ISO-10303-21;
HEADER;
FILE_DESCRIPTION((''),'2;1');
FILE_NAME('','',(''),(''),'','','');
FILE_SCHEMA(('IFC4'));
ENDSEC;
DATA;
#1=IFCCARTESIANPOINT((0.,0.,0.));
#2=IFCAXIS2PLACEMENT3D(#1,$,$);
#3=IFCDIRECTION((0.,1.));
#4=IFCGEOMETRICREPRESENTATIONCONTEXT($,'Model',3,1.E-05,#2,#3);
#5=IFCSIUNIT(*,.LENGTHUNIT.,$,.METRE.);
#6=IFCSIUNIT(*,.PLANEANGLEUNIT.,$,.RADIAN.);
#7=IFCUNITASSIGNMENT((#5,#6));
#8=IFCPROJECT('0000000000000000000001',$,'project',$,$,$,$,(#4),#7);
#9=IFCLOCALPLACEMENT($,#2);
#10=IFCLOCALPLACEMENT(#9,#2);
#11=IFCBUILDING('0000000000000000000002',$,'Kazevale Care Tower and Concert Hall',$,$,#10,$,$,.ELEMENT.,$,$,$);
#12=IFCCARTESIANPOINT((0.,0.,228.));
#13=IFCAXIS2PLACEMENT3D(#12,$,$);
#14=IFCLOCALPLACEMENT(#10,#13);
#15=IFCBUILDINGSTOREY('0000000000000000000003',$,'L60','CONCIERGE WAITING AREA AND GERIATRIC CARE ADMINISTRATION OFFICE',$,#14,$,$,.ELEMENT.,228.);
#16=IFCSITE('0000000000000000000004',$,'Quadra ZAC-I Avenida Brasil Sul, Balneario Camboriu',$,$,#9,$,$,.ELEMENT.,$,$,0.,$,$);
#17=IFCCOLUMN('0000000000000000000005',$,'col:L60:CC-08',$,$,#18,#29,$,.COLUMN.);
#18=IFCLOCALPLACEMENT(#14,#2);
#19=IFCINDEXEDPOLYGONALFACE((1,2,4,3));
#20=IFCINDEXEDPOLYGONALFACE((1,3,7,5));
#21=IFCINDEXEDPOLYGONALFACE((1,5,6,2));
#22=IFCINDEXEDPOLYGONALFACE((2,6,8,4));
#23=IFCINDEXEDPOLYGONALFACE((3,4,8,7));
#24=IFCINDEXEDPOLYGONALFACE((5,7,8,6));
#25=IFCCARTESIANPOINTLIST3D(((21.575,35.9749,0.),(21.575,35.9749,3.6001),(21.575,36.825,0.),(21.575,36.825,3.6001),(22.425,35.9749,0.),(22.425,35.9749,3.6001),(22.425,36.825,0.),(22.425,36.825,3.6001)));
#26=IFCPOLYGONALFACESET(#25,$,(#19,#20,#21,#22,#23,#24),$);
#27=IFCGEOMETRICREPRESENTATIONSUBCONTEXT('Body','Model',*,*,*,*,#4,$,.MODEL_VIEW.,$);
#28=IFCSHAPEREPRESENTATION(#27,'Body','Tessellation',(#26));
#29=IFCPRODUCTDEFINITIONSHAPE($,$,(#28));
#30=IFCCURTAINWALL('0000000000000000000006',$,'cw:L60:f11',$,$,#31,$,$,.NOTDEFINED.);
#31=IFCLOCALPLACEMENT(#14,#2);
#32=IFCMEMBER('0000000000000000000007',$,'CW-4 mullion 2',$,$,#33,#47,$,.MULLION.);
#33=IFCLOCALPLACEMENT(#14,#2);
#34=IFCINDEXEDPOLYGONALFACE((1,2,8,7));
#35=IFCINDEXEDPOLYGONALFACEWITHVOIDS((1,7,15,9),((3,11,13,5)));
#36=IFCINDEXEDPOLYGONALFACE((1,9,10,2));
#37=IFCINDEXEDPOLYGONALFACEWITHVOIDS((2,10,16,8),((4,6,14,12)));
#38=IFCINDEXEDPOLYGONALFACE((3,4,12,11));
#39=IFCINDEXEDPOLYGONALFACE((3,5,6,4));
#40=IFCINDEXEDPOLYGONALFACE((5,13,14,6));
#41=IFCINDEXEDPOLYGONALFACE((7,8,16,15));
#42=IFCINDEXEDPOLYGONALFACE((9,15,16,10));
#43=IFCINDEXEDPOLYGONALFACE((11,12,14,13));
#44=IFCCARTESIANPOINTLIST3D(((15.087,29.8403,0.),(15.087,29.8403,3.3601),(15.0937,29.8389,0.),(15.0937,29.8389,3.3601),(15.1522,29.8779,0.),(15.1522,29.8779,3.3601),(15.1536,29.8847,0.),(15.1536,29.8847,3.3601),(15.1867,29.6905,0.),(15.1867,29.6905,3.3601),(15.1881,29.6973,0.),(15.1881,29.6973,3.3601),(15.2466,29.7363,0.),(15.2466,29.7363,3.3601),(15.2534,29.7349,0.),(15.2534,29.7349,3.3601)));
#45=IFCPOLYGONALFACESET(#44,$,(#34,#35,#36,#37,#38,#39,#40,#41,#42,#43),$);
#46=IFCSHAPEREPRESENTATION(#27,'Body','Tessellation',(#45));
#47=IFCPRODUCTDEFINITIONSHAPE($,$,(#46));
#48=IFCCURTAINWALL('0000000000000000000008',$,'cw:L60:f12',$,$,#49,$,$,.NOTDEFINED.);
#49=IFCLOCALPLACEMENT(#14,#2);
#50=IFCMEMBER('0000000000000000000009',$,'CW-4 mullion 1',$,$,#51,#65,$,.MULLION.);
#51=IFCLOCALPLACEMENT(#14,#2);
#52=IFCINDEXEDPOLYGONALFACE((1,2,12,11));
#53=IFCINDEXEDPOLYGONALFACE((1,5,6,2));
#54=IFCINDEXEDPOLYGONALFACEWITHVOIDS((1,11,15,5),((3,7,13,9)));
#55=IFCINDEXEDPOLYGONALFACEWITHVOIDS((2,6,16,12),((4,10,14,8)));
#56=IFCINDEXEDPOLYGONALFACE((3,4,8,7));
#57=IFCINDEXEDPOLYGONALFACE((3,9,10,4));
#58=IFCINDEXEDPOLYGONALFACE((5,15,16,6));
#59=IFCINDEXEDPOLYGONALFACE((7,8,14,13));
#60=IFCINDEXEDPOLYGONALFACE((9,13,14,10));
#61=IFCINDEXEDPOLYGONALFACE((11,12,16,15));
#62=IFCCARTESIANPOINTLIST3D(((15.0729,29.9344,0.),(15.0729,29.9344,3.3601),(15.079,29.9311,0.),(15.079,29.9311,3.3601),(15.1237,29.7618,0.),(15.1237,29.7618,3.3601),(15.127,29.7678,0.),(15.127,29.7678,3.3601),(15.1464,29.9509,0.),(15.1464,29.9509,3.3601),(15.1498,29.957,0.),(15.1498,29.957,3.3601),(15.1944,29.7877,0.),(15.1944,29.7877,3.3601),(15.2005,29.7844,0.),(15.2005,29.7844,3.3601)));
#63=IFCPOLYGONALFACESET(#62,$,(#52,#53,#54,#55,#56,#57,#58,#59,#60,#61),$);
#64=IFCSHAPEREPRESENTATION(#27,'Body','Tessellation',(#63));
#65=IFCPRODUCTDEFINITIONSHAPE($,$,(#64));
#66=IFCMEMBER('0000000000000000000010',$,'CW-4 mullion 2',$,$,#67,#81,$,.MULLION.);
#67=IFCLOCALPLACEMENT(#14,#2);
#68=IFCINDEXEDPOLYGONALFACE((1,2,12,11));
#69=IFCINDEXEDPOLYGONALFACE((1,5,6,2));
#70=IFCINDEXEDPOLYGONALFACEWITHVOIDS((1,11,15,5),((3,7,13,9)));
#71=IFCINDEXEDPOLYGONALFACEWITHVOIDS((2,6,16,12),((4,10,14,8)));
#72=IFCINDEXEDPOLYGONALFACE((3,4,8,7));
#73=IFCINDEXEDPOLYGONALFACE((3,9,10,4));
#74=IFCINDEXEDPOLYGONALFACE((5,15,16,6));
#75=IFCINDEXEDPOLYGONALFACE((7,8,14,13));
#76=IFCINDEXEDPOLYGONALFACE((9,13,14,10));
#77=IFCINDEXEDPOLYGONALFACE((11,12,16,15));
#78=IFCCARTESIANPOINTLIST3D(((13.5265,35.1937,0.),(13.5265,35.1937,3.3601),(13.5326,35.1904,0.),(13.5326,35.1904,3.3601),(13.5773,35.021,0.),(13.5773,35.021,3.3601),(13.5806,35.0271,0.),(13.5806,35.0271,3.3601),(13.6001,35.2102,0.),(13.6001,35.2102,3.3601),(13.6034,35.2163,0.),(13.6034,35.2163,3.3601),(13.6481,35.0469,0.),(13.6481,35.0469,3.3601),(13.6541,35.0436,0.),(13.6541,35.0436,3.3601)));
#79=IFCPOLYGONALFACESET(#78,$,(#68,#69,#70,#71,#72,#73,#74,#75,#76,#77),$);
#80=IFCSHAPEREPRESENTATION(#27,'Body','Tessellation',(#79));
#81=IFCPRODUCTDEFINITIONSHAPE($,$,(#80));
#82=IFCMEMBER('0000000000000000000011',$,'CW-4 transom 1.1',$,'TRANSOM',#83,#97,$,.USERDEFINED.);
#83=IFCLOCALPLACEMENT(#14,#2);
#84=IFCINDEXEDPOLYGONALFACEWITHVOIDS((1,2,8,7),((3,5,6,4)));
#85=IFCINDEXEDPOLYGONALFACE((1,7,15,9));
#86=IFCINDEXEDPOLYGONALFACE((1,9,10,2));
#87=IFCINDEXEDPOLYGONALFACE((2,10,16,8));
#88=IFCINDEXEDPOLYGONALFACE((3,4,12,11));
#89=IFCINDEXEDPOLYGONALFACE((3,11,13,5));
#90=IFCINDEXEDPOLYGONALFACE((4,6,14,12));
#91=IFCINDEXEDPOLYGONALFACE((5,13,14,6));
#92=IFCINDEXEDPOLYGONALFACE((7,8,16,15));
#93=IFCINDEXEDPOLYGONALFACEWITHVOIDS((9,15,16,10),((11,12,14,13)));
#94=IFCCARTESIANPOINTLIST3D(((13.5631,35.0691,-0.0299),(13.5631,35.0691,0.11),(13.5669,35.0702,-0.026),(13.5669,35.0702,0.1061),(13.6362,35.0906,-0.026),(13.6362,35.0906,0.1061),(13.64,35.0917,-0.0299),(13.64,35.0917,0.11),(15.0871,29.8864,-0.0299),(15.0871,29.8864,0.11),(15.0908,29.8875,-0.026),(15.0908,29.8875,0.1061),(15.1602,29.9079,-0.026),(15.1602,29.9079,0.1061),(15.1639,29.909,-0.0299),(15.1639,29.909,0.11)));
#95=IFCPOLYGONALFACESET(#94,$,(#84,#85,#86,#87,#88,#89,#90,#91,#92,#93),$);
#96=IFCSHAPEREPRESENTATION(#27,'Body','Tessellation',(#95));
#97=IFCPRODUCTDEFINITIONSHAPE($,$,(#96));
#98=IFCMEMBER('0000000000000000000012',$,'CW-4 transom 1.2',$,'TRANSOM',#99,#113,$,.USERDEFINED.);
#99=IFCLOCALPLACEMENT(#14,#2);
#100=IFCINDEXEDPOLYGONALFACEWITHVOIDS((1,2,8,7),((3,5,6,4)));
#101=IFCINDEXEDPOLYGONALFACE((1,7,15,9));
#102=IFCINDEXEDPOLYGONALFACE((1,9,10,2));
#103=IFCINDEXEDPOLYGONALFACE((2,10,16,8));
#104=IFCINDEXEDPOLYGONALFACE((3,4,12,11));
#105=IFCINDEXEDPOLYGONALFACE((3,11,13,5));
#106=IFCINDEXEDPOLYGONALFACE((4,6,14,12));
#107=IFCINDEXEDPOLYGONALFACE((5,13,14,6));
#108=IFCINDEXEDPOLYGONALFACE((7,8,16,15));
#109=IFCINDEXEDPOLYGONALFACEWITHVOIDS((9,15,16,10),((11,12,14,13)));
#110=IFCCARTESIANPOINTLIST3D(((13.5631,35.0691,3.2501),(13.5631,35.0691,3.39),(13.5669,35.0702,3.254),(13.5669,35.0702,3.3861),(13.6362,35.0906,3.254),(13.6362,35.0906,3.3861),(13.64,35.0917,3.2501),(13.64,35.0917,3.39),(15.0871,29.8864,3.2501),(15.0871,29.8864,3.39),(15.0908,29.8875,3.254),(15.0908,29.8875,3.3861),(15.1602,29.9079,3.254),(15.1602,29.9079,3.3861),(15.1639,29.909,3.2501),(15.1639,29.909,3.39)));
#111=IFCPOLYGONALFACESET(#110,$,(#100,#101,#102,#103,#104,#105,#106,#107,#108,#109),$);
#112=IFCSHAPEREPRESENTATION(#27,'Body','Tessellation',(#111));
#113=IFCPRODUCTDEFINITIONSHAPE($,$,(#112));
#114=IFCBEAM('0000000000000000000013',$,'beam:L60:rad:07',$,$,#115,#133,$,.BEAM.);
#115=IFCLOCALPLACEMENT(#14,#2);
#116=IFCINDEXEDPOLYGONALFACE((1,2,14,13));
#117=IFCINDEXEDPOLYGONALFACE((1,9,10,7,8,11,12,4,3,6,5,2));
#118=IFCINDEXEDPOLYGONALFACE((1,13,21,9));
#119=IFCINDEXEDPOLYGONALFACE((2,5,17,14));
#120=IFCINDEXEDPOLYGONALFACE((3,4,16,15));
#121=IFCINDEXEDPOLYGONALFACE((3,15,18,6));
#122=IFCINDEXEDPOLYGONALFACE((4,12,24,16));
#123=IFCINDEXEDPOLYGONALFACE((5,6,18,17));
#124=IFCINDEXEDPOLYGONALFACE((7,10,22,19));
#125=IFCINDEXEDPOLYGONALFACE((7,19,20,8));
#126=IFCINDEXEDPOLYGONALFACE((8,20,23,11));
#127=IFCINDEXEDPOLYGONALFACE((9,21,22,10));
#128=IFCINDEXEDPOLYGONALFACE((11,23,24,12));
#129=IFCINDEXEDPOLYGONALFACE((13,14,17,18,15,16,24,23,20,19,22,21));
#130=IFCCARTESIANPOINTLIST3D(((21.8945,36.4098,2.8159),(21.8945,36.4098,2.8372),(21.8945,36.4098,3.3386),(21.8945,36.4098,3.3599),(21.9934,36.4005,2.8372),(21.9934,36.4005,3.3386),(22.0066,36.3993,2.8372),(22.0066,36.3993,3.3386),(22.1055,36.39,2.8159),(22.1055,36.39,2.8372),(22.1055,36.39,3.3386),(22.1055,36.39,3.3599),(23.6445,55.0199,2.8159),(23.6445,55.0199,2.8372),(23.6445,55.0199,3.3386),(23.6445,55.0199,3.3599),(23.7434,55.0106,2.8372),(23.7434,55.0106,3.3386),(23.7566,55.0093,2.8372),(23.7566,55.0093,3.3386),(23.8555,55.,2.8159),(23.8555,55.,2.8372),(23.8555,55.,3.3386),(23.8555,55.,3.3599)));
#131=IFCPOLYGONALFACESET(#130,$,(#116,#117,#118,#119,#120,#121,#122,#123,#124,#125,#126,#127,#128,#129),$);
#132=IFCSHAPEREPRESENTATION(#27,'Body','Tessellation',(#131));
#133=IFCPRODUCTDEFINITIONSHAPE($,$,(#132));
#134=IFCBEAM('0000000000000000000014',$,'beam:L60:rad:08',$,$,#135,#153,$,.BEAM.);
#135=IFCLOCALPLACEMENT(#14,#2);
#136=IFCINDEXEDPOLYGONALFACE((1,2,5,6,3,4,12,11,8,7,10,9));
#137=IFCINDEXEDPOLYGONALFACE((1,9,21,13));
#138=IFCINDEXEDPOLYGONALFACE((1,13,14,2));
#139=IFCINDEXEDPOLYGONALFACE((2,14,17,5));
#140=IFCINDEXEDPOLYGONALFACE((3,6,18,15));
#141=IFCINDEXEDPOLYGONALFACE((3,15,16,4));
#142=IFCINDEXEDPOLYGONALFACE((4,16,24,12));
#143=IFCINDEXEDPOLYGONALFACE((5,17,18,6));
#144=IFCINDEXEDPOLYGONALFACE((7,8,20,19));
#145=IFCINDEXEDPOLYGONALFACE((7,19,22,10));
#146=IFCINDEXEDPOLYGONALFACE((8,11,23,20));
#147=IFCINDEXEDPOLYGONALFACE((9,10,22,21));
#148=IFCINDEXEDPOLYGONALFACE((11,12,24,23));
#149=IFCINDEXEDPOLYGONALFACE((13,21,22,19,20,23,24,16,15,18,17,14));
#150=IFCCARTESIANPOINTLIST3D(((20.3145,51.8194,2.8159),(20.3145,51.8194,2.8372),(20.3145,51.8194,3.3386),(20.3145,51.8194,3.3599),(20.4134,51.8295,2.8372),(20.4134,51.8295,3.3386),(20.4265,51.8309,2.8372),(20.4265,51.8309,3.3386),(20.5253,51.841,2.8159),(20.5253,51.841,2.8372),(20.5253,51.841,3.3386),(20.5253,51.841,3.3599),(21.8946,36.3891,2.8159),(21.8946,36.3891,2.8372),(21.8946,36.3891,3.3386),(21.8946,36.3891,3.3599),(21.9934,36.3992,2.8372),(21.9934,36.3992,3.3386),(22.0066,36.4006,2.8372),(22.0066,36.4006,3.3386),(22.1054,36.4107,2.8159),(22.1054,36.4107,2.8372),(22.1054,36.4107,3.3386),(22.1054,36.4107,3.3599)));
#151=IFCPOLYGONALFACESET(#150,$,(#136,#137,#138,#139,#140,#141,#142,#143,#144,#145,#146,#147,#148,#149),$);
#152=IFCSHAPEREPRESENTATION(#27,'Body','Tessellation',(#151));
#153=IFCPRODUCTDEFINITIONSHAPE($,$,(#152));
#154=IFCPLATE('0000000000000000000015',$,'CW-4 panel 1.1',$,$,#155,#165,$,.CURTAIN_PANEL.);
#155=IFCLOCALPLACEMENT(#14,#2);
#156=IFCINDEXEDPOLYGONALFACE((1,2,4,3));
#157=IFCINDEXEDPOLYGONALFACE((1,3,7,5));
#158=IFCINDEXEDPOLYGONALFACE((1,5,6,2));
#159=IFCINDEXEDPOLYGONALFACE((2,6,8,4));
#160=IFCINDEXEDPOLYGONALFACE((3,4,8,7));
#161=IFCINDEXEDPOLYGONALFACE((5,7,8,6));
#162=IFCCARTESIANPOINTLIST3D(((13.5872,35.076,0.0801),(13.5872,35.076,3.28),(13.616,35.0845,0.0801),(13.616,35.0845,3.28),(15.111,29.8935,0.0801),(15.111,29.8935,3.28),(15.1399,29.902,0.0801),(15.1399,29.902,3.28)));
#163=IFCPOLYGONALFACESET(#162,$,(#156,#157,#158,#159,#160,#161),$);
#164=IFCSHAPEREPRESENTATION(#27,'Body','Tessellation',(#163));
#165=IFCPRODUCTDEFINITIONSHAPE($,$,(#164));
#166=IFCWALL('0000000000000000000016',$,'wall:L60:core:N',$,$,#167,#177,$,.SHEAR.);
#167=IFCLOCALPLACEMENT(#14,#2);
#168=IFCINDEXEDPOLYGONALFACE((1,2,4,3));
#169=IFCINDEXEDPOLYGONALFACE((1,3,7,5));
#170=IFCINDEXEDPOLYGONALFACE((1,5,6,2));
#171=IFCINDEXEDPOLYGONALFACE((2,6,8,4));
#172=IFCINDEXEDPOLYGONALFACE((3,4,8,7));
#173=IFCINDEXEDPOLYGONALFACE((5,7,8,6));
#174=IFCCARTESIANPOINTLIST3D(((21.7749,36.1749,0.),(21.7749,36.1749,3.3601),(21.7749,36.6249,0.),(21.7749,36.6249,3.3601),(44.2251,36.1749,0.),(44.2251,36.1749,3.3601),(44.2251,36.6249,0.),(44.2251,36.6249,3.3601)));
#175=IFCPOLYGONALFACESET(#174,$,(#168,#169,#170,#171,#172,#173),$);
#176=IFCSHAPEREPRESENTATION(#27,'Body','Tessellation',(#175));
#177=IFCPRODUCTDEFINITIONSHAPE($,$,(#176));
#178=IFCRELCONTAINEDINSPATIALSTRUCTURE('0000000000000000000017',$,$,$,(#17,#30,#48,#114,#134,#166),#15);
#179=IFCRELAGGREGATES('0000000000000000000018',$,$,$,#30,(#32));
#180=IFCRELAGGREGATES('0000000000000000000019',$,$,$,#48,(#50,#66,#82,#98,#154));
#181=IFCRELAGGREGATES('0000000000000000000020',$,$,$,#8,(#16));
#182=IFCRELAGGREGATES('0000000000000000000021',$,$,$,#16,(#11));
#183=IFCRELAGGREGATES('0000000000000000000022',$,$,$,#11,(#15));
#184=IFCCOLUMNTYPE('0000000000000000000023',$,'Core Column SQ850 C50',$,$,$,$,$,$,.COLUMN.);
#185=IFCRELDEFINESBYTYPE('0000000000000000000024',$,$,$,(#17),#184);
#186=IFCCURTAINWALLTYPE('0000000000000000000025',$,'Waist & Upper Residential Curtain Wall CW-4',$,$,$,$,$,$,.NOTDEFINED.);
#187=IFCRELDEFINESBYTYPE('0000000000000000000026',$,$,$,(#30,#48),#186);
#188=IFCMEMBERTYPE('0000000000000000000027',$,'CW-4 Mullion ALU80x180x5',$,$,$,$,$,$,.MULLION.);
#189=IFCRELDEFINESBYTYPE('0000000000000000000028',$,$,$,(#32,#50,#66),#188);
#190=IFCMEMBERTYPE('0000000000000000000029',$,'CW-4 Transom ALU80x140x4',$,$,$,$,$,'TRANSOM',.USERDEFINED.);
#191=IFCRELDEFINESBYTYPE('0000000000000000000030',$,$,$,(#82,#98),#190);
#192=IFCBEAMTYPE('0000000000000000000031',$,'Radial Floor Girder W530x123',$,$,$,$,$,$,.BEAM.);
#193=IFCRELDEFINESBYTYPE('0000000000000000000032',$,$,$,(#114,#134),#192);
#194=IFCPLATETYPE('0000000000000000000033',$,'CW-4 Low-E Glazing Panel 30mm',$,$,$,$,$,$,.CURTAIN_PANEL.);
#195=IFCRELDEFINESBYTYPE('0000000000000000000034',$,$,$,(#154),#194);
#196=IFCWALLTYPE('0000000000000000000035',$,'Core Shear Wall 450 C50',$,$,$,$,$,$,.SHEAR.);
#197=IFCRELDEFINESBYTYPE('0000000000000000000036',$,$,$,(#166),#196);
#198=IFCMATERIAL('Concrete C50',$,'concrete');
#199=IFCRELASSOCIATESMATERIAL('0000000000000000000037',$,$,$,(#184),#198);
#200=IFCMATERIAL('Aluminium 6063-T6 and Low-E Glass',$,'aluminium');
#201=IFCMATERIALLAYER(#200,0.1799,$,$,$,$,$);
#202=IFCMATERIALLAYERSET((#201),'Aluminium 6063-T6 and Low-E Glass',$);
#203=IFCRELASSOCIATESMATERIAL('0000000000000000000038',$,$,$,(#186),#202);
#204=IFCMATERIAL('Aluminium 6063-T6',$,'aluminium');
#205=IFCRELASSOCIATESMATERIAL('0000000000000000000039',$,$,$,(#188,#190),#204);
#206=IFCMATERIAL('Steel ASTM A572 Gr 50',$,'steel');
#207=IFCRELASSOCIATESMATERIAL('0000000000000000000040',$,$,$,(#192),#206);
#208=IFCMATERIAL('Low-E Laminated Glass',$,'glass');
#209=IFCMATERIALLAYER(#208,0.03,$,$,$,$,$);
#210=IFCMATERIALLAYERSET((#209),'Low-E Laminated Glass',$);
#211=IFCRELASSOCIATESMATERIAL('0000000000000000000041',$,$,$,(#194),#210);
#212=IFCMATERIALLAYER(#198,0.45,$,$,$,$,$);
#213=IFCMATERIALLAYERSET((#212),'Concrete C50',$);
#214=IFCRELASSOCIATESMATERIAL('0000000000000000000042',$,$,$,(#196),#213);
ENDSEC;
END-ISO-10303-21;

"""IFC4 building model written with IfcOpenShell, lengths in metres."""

from ifc_helpers import new_model, si_unit, direction, frame, frame_2d, origin, origin_2d, place, context, subcontext, project, spatial, rectangle, hollow_rectangle, i_section, extrude, material, layer, layer_set, material_profile, profile_set, type_object, element, aggregate, save


model = new_model("IFC4")

# Units and contexts
model_context = context("Model", 3, precision=1e-05, world=origin(), true_north=direction((0.0, 1.0)))
body_context = subcontext(model_context, "Body", "Model", "MODEL_VIEW")
ifc_project = project(units=[si_unit("LENGTHUNIT", "METRE"), si_unit("PLANEANGLEUNIT", "RADIAN")], contexts=[model_context])

# Site, building, storey
site_placement = place(None, origin())
site = spatial("IfcSite", under=ifc_project, at=site_placement, Name="Quadra ZAC-I Avenida Brasil Sul, Balneario Camboriu", CompositionType="ELEMENT", RefElevation=0.0)
building_placement = place(site_placement, origin())
building = spatial("IfcBuilding", under=site, at=building_placement, Name="Kazevale Care Tower and Concert Hall", CompositionType="ELEMENT")
storey_placement = place(building_placement, frame((0.0, 0.0, 228.0)))
storey = spatial("IfcBuildingStorey", under=building, at=storey_placement, Name="L60", Description="CONCIERGE WAITING AREA AND GERIATRIC CARE ADMINISTRATION OFFICE", CompositionType="ELEMENT", Elevation=228.0)

# Column
ifc_material_1 = material(Name="Concrete C50", Category="concrete")
ifc_material_profile_1 = material_profile(ifc_material_1, rectangle(XDim=0.8501, YDim=0.8501, at=origin_2d()), Name="RC-SQ850")
ifc_profile_set_1 = profile_set([ifc_material_profile_1], Name="Concrete C50")
column_type = type_object("IfcColumnType", Name="Core Column SQ850 C50", PredefinedType="COLUMN", material=ifc_profile_set_1)
column_placement = place(storey_placement, frame((22.0, 36.3999, 0.0), z_axis=(0.0, 0.0, 1.0), x_axis=(1.0, 0.0, 0.0)))
element("IfcColumn", 1, at=column_placement, inside=storey, type_object=column_type, Name="col:L60:CC-08", PredefinedType="COLUMN", context=body_context, shape_type="SweptSolid", body=[
    extrude(rectangle(XDim=0.8501, YDim=0.8501, at=origin_2d()), origin(), (0.0, 0.0, 1.0), 3.6001),
])

# Curtain wall, member
ifc_material_2 = material(Name="Aluminium 6063-T6 and Low-E Glass", Category="aluminium")
ifc_layer_1 = layer(ifc_material_2, 0.1799)
ifc_layer_set_1 = layer_set([ifc_layer_1], Name="Aluminium 6063-T6 and Low-E Glass")
curtain_wall_type = type_object("IfcCurtainWallType", Name="Waist & Upper Residential Curtain Wall CW-4", PredefinedType="NOTDEFINED", material=ifc_layer_set_1)
curtain_wall_1_placement = place(storey_placement, origin())
curtain_wall_1 = element("IfcCurtainWall", 2, at=curtain_wall_1_placement, inside=storey, type_object=curtain_wall_type, Name="cw:L60:f11", PredefinedType="NOTDEFINED")
ifc_material_3 = material(Name="Aluminium 6063-T6", Category="aluminium")
ifc_material_profile_2 = material_profile(ifc_material_3, hollow_rectangle(XDim=0.0801, YDim=0.1799, WallThickness=0.0049, at=origin_2d()), Name="ALU80x180x5")
ifc_profile_set_2 = profile_set([ifc_material_profile_2], Name="Aluminium 6063-T6")
member_type_1 = type_object("IfcMemberType", Name="CW-4 Mullion ALU80x180x5", PredefinedType="MULLION", material=ifc_profile_set_2)
member_1_placement = place(storey_placement, frame((15.1702, 29.7876, 0.0), z_axis=(0.0, 0.0, 1.0), x_axis=(-0.832106, -0.554617, 0.0)))
member_1 = element("IfcMember", 3, at=member_1_placement, type_object=member_type_1, Name="CW-4 mullion 2", PredefinedType="MULLION", context=body_context, shape_type="SweptSolid", body=[
    extrude(hollow_rectangle(XDim=0.0801, YDim=0.1799, WallThickness=0.0049, at=origin_2d()), origin(), (0.0, 0.0, 1.0), 3.3601),
])
aggregate(curtain_wall_1, [member_1])

# Curtain wall, members
curtain_wall_2_placement = place(storey_placement, origin())
curtain_wall_2 = element("IfcCurtainWall", 4, at=curtain_wall_2_placement, inside=storey, type_object=curtain_wall_type, Name="cw:L60:f12", PredefinedType="NOTDEFINED")
member_2_placement = place(storey_placement, frame((15.1367, 29.8594, 0.0), z_axis=(0.0, 0.0, 1.0), x_axis=(-0.959386, -0.282098, 0.0)))
member_2 = element("IfcMember", 5, at=member_2_placement, type_object=member_type_1, Name="CW-4 mullion 1", PredefinedType="MULLION", context=body_context, shape_type="SweptSolid", body=[
    extrude(hollow_rectangle(XDim=0.0801, YDim=0.1799, WallThickness=0.0049, at=origin_2d()), origin(), (0.0, 0.0, 1.0), 3.3601),
])
member_3_placement = place(storey_placement, frame((13.5903, 35.1187, 0.0), z_axis=(0.0, 0.0, 1.0), x_axis=(-0.959386, -0.282098, 0.0)))
member_3 = element("IfcMember", 6, at=member_3_placement, type_object=member_type_1, Name="CW-4 mullion 2", PredefinedType="MULLION", context=body_context, shape_type="SweptSolid", body=[
    extrude(hollow_rectangle(XDim=0.0801, YDim=0.1799, WallThickness=0.0049, at=origin_2d()), origin(), (0.0, 0.0, 1.0), 3.3601),
])
ifc_material_profile_3 = material_profile(ifc_material_3, hollow_rectangle(XDim=0.0801, YDim=0.1399, WallThickness=0.0039, at=origin_2d()), Name="ALU80x140x4")
ifc_profile_set_3 = profile_set([ifc_material_profile_3], Name="Aluminium 6063-T6")
member_type_2 = type_object("IfcMemberType", Name="CW-4 Transom ALU80x140x4", ElementType="TRANSOM", PredefinedType="USERDEFINED", material=ifc_profile_set_3)
member_4_placement = place(storey_placement, frame((15.1255, 29.8977, 0.04), z_axis=(-0.282103, 0.959384, 0.0), x_axis=(-0.959384, -0.282103, 0.0)))
member_4 = element("IfcMember", 7, at=member_4_placement, type_object=member_type_2, Name="CW-4 transom 1.1", ObjectType="TRANSOM", PredefinedType="USERDEFINED", context=body_context, shape_type="SweptSolid", body=[
    extrude(hollow_rectangle(XDim=0.0801, YDim=0.1399, WallThickness=0.0039, at=origin_2d()), origin(), (0.0, 0.0, 1.0), 5.4021),
])
member_5_placement = place(storey_placement, frame((15.1255, 29.8977, 3.3201), z_axis=(-0.282103, 0.959384, 0.0), x_axis=(-0.959384, -0.282103, 0.0)))
member_5 = element("IfcMember", 8, at=member_5_placement, type_object=member_type_2, Name="CW-4 transom 1.2", ObjectType="TRANSOM", PredefinedType="USERDEFINED", context=body_context, shape_type="SweptSolid", body=[
    extrude(hollow_rectangle(XDim=0.0801, YDim=0.1399, WallThickness=0.0039, at=origin_2d()), origin(), (0.0, 0.0, 1.0), 5.4021),
])

# Beams
ifc_material_4 = material(Name="Steel ASTM A572 Gr 50", Category="steel")
ifc_material_profile_4 = material_profile(ifc_material_4, i_section(OverallWidth=0.2119, OverallDepth=0.5439, WebThickness=0.0132, FlangeThickness=0.0212, at=origin_2d()), Name="W530x123")
ifc_profile_set_4 = profile_set([ifc_material_profile_4], Name="Steel ASTM A572 Gr 50")
beam_type = type_object("IfcBeamType", Name="Radial Floor Girder W530x123", PredefinedType="BEAM", material=ifc_profile_set_4)
beam_1_placement = place(storey_placement, frame((22.0, 36.3999, 3.0879), z_axis=(0.093622, 0.995608, 0.0), x_axis=(-0.995608, 0.093622, 0.0)))
element("IfcBeam", 9, at=beam_1_placement, inside=storey, type_object=beam_type, Name="beam:L60:rad:07", PredefinedType="BEAM", context=body_context, shape_type="SweptSolid", body=[
    extrude(i_section(OverallWidth=0.2119, OverallDepth=0.5439, WebThickness=0.0132, FlangeThickness=0.0212, at=origin_2d()), origin(), (0.0, 0.0, 1.0), 18.6921),
])
beam_2_placement = place(storey_placement, frame((22.0, 36.3999, 3.0879), z_axis=(-0.101869, 0.994798, 0.0), x_axis=(-0.994798, -0.101869, 0.0)))
element("IfcBeam", 10, at=beam_2_placement, inside=storey, type_object=beam_type, Name="beam:L60:rad:08", PredefinedType="BEAM", context=body_context, shape_type="SweptSolid", body=[
    extrude(i_section(OverallWidth=0.2119, OverallDepth=0.5439, WebThickness=0.0132, FlangeThickness=0.0212, at=origin_2d()), origin(), (0.0, 0.0, 1.0), 15.511),
])

# Plate
ifc_material_5 = material(Name="Low-E Laminated Glass", Category="glass")
ifc_layer_2 = layer(ifc_material_5, 0.03)
ifc_layer_set_2 = layer_set([ifc_layer_2], Name="Low-E Laminated Glass")
plate_type = type_object("IfcPlateType", Name="CW-4 Low-E Glazing Panel 30mm", PredefinedType="CURTAIN_PANEL", material=ifc_layer_set_2)
plate_placement = place(storey_placement, frame((14.3635, 32.489, 0.0801), z_axis=(0.0, 0.0, 1.0), x_axis=(-0.282098, 0.959386, 0.0)))
plate = element("IfcPlate", 11, at=plate_placement, type_object=plate_type, Name="CW-4 panel 1.1", PredefinedType="CURTAIN_PANEL", context=body_context, shape_type="SweptSolid", body=[
    extrude(rectangle(XDim=5.4019, YDim=0.03, at=origin_2d()), origin(), (0.0, 0.0, 1.0), 3.2),
])
aggregate(curtain_wall_2, [member_2, member_3, member_4, member_5, plate])

# Wall
ifc_layer_3 = layer(ifc_material_1, 0.45)
ifc_layer_set_3 = layer_set([ifc_layer_3], Name="Concrete C50")
wall_type_1 = type_object("IfcWallType", Name="Core Shear Wall 450 C50", PredefinedType="SHEAR", material=ifc_layer_set_3)
wall_1_placement = place(storey_placement, frame((21.7749, 36.3999, 0.0), z_axis=(0.0, 0.0, 1.0), x_axis=(1.0, 0.0, 0.0)))
element("IfcWall", 12, at=wall_1_placement, inside=storey, type_object=wall_type_1, Name="wall:L60:core:N", PredefinedType="SHEAR", context=body_context, shape_type="SweptSolid", body=[
    extrude(rectangle(XDim=22.4502, YDim=0.45, at=frame_2d((11.2251, 0.0))), origin(), (0.0, 0.0, 1.0), 3.3601),
])

save(model, "model.ifc")
